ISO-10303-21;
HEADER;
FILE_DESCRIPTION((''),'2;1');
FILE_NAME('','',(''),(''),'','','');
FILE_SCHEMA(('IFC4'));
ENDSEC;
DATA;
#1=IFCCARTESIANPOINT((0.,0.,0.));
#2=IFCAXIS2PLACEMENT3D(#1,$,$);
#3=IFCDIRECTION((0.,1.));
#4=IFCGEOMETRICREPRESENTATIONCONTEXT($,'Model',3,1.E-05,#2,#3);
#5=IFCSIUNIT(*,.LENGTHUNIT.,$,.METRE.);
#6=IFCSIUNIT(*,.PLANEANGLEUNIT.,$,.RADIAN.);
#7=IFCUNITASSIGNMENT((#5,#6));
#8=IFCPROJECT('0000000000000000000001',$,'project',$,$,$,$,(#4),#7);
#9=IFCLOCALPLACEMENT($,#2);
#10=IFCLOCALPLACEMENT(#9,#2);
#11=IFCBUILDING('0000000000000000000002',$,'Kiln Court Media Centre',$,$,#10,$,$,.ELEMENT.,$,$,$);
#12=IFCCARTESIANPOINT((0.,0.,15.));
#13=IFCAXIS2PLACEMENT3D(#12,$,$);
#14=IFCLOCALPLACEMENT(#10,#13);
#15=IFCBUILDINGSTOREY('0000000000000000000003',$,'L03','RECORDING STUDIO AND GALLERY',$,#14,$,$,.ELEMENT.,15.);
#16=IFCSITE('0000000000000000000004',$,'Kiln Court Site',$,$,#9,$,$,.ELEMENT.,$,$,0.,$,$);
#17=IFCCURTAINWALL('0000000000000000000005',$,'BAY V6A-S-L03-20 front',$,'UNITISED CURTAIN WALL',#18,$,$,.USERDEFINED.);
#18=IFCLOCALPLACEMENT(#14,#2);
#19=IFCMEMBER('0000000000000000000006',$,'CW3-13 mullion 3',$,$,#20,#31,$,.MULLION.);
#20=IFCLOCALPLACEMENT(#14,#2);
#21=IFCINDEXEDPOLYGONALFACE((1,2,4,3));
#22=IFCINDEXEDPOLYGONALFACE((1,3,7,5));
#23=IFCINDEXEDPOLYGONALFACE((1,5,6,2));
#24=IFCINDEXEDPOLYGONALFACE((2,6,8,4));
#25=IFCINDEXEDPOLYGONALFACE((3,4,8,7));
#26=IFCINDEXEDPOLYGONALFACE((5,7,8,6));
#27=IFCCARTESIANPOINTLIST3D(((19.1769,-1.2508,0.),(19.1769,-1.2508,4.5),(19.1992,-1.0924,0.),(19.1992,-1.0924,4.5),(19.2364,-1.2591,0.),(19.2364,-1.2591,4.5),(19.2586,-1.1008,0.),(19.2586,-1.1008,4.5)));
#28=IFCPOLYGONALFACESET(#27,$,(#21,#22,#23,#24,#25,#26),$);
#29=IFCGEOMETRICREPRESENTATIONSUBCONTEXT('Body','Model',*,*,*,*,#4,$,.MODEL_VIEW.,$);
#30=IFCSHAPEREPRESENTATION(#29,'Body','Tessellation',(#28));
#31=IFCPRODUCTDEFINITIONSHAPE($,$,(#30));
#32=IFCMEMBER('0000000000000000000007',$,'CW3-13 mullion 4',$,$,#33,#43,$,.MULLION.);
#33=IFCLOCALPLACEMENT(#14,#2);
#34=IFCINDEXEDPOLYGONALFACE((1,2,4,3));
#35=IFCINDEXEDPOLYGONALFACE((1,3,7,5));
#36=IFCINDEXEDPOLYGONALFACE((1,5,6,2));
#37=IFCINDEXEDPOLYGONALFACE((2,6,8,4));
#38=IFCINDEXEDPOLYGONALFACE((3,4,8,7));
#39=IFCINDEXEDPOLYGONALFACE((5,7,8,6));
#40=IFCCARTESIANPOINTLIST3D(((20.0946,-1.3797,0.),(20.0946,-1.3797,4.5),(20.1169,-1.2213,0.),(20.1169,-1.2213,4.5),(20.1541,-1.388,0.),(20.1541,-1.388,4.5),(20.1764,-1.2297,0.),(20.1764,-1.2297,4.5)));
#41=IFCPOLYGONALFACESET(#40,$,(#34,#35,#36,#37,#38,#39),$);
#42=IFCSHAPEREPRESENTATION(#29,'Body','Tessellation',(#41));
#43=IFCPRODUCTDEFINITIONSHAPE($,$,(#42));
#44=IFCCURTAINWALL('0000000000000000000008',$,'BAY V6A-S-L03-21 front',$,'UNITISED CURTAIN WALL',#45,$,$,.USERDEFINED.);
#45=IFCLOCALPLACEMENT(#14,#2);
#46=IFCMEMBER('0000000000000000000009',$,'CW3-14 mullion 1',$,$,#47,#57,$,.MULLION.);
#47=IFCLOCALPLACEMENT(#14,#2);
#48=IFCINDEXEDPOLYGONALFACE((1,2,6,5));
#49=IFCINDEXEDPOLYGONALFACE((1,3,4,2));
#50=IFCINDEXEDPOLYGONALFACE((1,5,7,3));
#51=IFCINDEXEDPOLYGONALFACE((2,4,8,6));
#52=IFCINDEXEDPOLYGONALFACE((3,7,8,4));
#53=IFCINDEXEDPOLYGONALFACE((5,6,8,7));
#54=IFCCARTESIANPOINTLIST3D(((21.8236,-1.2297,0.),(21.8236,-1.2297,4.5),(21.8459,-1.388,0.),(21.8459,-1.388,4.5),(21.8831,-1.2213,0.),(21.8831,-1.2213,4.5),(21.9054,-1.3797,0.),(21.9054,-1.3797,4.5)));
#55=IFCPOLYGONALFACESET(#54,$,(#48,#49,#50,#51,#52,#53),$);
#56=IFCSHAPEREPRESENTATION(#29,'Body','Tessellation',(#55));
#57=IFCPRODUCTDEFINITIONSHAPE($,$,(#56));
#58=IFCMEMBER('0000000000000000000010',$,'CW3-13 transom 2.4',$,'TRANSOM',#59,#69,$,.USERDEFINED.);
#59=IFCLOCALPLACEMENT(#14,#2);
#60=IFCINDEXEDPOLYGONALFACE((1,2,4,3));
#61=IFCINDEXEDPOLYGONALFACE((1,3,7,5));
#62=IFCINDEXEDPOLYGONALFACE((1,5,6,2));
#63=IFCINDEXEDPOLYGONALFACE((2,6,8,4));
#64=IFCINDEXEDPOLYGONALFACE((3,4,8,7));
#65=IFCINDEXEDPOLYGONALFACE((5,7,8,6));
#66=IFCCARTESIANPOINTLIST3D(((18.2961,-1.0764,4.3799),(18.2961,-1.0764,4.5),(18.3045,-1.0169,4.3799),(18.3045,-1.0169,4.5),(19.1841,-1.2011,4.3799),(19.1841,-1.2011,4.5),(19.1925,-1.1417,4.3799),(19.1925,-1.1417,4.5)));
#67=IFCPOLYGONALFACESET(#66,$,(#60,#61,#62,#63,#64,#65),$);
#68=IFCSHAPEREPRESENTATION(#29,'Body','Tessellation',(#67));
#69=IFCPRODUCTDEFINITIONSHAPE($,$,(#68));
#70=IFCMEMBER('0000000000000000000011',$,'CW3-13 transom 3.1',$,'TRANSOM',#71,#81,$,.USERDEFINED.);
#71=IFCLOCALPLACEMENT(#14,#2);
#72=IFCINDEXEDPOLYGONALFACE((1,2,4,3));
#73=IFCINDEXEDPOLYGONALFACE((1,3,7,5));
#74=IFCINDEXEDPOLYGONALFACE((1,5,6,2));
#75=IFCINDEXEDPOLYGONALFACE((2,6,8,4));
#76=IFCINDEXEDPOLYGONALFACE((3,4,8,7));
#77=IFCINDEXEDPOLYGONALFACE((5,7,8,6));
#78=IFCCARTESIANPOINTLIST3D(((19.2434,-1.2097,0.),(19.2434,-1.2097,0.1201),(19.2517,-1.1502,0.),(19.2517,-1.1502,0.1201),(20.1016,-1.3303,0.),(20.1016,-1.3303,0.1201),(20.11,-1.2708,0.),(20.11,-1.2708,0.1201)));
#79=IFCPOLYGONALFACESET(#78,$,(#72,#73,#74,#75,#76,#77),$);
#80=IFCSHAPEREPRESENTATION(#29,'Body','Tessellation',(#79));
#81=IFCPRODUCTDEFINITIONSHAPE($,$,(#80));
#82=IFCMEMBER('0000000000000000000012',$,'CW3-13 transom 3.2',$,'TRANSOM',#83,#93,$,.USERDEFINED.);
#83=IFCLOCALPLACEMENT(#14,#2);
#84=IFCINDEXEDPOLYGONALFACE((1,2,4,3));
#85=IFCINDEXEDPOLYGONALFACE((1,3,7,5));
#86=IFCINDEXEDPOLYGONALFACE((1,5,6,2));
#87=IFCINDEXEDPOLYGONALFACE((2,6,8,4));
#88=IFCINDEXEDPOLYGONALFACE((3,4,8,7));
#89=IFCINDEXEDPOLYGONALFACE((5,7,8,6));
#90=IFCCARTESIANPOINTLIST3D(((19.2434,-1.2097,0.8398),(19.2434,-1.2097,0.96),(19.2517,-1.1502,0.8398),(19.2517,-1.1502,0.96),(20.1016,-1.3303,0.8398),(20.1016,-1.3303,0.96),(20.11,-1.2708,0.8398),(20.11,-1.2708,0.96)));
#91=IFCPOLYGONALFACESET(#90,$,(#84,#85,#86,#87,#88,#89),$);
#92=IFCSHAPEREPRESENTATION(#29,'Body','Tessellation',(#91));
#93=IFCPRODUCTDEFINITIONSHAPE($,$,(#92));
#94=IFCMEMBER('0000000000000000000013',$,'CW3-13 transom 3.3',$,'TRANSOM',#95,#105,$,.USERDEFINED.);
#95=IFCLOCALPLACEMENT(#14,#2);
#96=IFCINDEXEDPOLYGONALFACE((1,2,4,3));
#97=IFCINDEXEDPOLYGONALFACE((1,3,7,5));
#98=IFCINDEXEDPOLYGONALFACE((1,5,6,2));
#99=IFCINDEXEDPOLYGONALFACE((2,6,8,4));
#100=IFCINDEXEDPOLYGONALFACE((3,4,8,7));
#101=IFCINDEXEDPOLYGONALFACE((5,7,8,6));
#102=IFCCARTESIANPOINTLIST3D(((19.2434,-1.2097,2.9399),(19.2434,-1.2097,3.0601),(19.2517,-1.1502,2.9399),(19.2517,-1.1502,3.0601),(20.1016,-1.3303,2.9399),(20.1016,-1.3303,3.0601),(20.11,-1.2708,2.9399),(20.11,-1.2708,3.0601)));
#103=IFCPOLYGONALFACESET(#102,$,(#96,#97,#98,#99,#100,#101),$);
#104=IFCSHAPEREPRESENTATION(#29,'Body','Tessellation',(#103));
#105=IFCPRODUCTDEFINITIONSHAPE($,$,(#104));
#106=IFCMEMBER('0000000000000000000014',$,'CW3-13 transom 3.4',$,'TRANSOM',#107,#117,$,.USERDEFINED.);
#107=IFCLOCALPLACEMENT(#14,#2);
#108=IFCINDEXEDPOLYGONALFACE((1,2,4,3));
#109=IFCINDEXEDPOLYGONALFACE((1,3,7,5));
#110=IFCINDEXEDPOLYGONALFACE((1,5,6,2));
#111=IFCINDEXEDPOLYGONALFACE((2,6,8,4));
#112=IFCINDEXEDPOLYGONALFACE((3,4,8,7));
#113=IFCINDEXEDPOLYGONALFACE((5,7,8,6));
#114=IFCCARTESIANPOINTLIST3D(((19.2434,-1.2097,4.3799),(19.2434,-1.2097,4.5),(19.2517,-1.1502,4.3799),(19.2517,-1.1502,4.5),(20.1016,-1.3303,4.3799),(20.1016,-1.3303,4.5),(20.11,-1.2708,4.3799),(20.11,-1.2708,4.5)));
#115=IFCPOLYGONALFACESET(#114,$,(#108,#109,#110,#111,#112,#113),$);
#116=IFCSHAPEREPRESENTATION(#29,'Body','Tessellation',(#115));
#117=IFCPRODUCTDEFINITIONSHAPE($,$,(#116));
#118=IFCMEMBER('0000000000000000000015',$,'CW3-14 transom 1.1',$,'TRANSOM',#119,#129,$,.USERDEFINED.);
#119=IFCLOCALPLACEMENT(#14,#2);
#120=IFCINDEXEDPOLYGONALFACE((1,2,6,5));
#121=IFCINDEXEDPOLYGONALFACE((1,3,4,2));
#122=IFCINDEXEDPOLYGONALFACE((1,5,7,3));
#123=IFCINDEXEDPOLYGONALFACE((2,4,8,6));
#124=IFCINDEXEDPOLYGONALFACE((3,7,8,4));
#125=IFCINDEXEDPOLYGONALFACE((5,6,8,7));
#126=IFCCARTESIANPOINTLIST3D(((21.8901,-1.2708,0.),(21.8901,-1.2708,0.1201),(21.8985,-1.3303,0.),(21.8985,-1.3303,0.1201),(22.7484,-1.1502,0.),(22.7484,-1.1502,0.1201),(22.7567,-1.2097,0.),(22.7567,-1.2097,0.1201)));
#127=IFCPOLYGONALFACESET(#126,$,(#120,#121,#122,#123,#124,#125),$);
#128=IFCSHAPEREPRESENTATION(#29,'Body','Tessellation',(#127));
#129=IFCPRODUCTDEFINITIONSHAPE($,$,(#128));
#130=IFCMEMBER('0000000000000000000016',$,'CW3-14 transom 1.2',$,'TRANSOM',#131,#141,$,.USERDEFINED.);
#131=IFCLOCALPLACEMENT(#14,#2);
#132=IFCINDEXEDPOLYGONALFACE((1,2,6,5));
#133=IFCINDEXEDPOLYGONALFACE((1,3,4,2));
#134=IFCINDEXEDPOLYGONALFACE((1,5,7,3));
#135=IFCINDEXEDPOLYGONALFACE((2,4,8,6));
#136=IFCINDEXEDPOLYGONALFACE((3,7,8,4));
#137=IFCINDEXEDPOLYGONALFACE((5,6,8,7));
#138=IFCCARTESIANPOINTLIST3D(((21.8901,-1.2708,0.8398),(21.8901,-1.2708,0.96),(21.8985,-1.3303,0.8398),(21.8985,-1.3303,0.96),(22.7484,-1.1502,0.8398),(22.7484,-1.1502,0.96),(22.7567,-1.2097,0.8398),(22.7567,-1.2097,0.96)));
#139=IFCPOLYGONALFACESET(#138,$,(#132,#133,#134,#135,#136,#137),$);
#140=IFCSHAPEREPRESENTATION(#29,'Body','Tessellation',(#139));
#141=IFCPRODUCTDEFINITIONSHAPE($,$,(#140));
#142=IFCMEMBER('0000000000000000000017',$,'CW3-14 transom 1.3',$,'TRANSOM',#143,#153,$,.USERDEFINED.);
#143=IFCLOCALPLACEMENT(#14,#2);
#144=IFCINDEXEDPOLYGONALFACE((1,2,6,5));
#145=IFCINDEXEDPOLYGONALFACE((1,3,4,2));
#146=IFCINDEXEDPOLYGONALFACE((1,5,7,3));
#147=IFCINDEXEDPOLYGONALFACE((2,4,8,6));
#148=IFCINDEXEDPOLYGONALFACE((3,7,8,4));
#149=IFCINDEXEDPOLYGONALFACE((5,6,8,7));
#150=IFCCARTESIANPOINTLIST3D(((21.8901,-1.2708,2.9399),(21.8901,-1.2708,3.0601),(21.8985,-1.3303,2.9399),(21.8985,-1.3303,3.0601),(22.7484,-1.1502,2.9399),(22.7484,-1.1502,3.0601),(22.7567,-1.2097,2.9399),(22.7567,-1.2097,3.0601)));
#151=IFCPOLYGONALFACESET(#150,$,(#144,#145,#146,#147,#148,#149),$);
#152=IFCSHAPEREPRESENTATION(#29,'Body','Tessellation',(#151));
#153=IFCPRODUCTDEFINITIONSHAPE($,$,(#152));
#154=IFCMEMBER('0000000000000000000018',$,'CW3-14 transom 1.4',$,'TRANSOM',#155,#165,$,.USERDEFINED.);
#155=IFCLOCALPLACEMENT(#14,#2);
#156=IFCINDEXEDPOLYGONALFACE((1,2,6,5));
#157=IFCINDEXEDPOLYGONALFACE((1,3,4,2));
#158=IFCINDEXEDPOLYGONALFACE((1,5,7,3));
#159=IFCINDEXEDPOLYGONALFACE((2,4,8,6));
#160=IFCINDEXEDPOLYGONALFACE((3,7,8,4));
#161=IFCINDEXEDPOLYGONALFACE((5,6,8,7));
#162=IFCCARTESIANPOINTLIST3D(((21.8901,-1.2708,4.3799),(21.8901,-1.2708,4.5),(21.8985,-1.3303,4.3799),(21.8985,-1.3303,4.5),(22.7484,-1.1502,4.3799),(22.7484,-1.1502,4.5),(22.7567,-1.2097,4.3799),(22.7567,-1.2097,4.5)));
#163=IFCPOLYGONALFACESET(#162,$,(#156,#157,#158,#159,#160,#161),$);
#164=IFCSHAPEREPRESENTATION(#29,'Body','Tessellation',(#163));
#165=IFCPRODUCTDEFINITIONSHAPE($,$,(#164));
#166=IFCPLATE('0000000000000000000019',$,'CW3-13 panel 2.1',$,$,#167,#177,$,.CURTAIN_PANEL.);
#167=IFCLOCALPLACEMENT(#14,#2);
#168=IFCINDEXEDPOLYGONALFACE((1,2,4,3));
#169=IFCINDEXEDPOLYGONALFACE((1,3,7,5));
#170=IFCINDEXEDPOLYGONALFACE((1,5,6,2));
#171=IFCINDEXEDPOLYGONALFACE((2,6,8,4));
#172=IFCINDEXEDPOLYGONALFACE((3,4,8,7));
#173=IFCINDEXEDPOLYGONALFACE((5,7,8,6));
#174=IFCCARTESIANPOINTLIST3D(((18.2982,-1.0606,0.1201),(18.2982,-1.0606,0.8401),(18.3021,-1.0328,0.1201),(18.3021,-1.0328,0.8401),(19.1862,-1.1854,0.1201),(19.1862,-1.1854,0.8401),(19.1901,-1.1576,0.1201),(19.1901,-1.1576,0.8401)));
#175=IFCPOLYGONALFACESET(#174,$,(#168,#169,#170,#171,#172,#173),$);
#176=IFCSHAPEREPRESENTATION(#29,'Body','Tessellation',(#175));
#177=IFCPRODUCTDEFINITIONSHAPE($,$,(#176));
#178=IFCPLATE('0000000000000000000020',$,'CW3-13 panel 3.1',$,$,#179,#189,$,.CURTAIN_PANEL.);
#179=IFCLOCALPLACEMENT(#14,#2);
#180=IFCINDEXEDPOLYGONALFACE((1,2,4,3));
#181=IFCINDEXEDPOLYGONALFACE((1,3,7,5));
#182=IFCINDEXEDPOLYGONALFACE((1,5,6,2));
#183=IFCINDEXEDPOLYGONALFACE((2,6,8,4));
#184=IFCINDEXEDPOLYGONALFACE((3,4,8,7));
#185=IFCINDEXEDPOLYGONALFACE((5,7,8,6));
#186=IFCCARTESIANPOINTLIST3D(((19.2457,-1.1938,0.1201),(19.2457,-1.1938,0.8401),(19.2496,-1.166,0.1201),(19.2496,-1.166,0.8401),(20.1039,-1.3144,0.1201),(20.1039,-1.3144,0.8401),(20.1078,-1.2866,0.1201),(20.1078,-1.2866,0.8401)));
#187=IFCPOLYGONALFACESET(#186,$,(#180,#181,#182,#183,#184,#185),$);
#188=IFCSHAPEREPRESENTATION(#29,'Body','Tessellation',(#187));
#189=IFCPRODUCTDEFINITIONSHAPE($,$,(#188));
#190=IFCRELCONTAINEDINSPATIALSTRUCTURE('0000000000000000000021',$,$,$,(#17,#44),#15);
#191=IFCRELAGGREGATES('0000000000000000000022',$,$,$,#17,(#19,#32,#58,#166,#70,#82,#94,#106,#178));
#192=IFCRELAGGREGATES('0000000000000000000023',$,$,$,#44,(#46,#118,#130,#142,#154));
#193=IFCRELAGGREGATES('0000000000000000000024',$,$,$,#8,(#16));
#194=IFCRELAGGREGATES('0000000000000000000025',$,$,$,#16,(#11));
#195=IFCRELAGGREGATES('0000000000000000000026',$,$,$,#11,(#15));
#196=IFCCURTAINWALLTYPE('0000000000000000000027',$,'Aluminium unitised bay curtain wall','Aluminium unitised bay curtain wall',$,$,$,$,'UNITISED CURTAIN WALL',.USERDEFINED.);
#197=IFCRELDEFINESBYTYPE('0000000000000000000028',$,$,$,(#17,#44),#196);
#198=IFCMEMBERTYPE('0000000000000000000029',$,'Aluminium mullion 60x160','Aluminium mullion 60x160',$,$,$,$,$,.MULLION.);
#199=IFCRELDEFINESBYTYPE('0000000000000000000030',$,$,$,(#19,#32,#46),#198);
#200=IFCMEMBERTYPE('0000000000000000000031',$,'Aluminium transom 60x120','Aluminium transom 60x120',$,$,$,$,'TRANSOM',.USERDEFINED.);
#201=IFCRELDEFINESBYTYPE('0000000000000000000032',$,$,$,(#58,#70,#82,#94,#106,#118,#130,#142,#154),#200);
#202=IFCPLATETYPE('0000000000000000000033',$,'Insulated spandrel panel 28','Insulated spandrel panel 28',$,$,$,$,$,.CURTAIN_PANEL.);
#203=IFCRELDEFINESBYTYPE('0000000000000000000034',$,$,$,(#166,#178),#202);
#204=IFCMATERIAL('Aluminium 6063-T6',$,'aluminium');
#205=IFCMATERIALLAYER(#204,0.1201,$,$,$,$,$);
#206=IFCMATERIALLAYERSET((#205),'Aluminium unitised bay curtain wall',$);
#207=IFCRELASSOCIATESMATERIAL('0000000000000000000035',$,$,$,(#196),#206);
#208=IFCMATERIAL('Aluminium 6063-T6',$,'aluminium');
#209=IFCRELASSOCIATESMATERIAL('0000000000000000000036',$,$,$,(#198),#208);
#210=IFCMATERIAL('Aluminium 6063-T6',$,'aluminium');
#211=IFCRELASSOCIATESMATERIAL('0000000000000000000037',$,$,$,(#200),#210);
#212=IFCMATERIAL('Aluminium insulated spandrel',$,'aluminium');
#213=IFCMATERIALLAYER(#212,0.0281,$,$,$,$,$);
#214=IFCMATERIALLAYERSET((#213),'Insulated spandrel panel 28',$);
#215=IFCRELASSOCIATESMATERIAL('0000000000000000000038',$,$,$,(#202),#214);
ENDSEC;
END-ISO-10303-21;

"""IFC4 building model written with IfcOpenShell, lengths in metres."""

from ifc_helpers import new_model, si_unit, direction, frame, origin, origin_2d, place, context, subcontext, project, spatial, rectangle, extrude, material, layer, layer_set, material_profile, profile_set, type_object, element, aggregate, save


model = new_model("IFC4")

# Units and contexts
model_context = context("Model", 3, precision=1e-05, world=origin(), true_north=direction((0.0, 1.0)))
body_context = subcontext(model_context, "Body", "Model", "MODEL_VIEW")
ifc_project = project(units=[si_unit("LENGTHUNIT", "METRE"), si_unit("PLANEANGLEUNIT", "RADIAN")], contexts=[model_context])

# Site, building, storey
site_placement = place(None, origin())
site = spatial("IfcSite", under=ifc_project, at=site_placement, Name="Kiln Court Site", CompositionType="ELEMENT", RefElevation=0.0)
building_placement = place(site_placement, origin())
building = spatial("IfcBuilding", under=site, at=building_placement, Name="Kiln Court Media Centre", CompositionType="ELEMENT")
storey_placement = place(building_placement, frame((0.0, 0.0, 15.0)))
storey = spatial("IfcBuildingStorey", under=building, at=storey_placement, Name="L03", Description="RECORDING STUDIO AND GALLERY", CompositionType="ELEMENT", Elevation=15.0)

# Curtain wall, members
ifc_material_1 = material(Name="Aluminium 6063-T6", Category="aluminium")
ifc_layer_1 = layer(ifc_material_1, 0.1201)
ifc_layer_set_1 = layer_set([ifc_layer_1], Name="Aluminium unitised bay curtain wall")
curtain_wall_type = type_object("IfcCurtainWallType", Name="Aluminium unitised bay curtain wall", Description="Aluminium unitised bay curtain wall", ElementType="UNITISED CURTAIN WALL", PredefinedType="USERDEFINED", material=ifc_layer_set_1)
curtain_wall_1_placement = place(storey_placement, origin())
curtain_wall_1 = element("IfcCurtainWall", 1, at=curtain_wall_1_placement, inside=storey, type_object=curtain_wall_type, Name="BAY V6A-S-L03-20 front", ObjectType="UNITISED CURTAIN WALL", PredefinedType="USERDEFINED")
ifc_material_2 = material(Name="Aluminium 6063-T6", Category="aluminium")
ifc_material_profile_1 = material_profile(ifc_material_2, rectangle(XDim=0.0601, YDim=0.1599, at=origin_2d()), Name="Aluminium mullion 60x160")
ifc_profile_set_1 = profile_set([ifc_material_profile_1], Name="Aluminium 6063-T6")
member_type_1 = type_object("IfcMemberType", Name="Aluminium mullion 60x160", Description="Aluminium mullion 60x160", PredefinedType="MULLION", material=ifc_profile_set_1)
member_1_placement = place(storey_placement, frame((19.2178, -1.1758, 0.0), z_axis=(0.0, 0.0, 1.0), x_axis=(0.99027, -0.139162, 0.0)))
member_1 = element("IfcMember", 2, at=member_1_placement, type_object=member_type_1, Name="CW3-13 mullion 3", PredefinedType="MULLION", context=body_context, shape_type="SweptSolid", body=[
    extrude(rectangle(XDim=0.0601, YDim=0.1599, at=origin_2d()), origin(), (0.0, 0.0, 1.0), 4.5),
])
member_2_placement = place(storey_placement, frame((20.1355, -1.3047, 0.0), z_axis=(0.0, 0.0, 1.0), x_axis=(0.99027, -0.139162, 0.0)))
member_2 = element("IfcMember", 3, at=member_2_placement, type_object=member_type_1, Name="CW3-13 mullion 4", PredefinedType="MULLION", context=body_context, shape_type="SweptSolid", body=[
    extrude(rectangle(XDim=0.0601, YDim=0.1599, at=origin_2d()), origin(), (0.0, 0.0, 1.0), 4.5),
])

# Curtain wall, member
curtain_wall_2_placement = place(storey_placement, origin())
curtain_wall_2 = element("IfcCurtainWall", 4, at=curtain_wall_2_placement, inside=storey, type_object=curtain_wall_type, Name="BAY V6A-S-L03-21 front", ObjectType="UNITISED CURTAIN WALL", PredefinedType="USERDEFINED")
member_3_placement = place(storey_placement, frame((21.8645, -1.3047, 0.0), z_axis=(0.0, 0.0, 1.0), x_axis=(0.99027, 0.139162, 0.0)))
member_3 = element("IfcMember", 5, at=member_3_placement, type_object=member_type_1, Name="CW3-14 mullion 1", PredefinedType="MULLION", context=body_context, shape_type="SweptSolid", body=[
    extrude(rectangle(XDim=0.0601, YDim=0.1599, at=origin_2d()), origin(), (0.0, 0.0, 1.0), 4.5),
])

# Members
ifc_material_3 = material(Name="Aluminium 6063-T6", Category="aluminium")
ifc_material_profile_2 = material_profile(ifc_material_3, rectangle(XDim=0.0601, YDim=0.1201, at=origin_2d()), Name="Aluminium transom 60x120")
ifc_profile_set_2 = profile_set([ifc_material_profile_2], Name="Aluminium 6063-T6")
member_type_2 = type_object("IfcMemberType", Name="Aluminium transom 60x120", Description="Aluminium transom 60x120", ElementType="TRANSOM", PredefinedType="USERDEFINED", material=ifc_profile_set_2)
member_4_placement = place(storey_placement, frame((18.3003, -1.0466, 4.4399), z_axis=(0.990274, -0.139134, 0.0), x_axis=(0.139134, 0.990274, 0.0)))
member_4 = element("IfcMember", 6, at=member_4_placement, type_object=member_type_2, Name="CW3-13 transom 2.4", ObjectType="TRANSOM", PredefinedType="USERDEFINED", context=body_context, shape_type="SweptSolid", body=[
    extrude(rectangle(XDim=0.0601, YDim=0.1201, at=origin_2d()), origin(), (0.0, 0.0, 1.0), 0.8967),
])
member_5_placement = place(storey_placement, frame((19.2476, -1.1799, 0.0601), z_axis=(0.990268, -0.139173, 0.0), x_axis=(0.139173, 0.990268, 0.0)))
member_5 = element("IfcMember", 7, at=member_5_placement, type_object=member_type_2, Name="CW3-13 transom 3.1", ObjectType="TRANSOM", PredefinedType="USERDEFINED", context=body_context, shape_type="SweptSolid", body=[
    extrude(rectangle(XDim=0.0601, YDim=0.1201, at=origin_2d()), origin(), (0.0, 0.0, 1.0), 0.8667),
])
member_6_placement = place(storey_placement, frame((19.2476, -1.1799, 0.8999), z_axis=(0.990268, -0.139173, 0.0), x_axis=(0.139173, 0.990268, 0.0)))
member_6 = element("IfcMember", 8, at=member_6_placement, type_object=member_type_2, Name="CW3-13 transom 3.2", ObjectType="TRANSOM", PredefinedType="USERDEFINED", context=body_context, shape_type="SweptSolid", body=[
    extrude(rectangle(XDim=0.0601, YDim=0.1201, at=origin_2d()), origin(), (0.0, 0.0, 1.0), 0.8667),
])
member_7_placement = place(storey_placement, frame((19.2476, -1.1799, 3.0), z_axis=(0.990268, -0.139173, 0.0), x_axis=(0.139173, 0.990268, 0.0)))
member_7 = element("IfcMember", 9, at=member_7_placement, type_object=member_type_2, Name="CW3-13 transom 3.3", ObjectType="TRANSOM", PredefinedType="USERDEFINED", context=body_context, shape_type="SweptSolid", body=[
    extrude(rectangle(XDim=0.0601, YDim=0.1201, at=origin_2d()), origin(), (0.0, 0.0, 1.0), 0.8667),
])
member_8_placement = place(storey_placement, frame((19.2476, -1.1799, 4.4399), z_axis=(0.990268, -0.139173, 0.0), x_axis=(0.139173, 0.990268, 0.0)))
member_8 = element("IfcMember", 10, at=member_8_placement, type_object=member_type_2, Name="CW3-13 transom 3.4", ObjectType="TRANSOM", PredefinedType="USERDEFINED", context=body_context, shape_type="SweptSolid", body=[
    extrude(rectangle(XDim=0.0601, YDim=0.1201, at=origin_2d()), origin(), (0.0, 0.0, 1.0), 0.8667),
])
member_9_placement = place(storey_placement, frame((21.8943, -1.3005, 0.0601), z_axis=(0.990268, 0.139173, 0.0), x_axis=(-0.139173, 0.990268, 0.0)))
member_9 = element("IfcMember", 11, at=member_9_placement, type_object=member_type_2, Name="CW3-14 transom 1.1", ObjectType="TRANSOM", PredefinedType="USERDEFINED", context=body_context, shape_type="SweptSolid", body=[
    extrude(rectangle(XDim=0.0601, YDim=0.1201, at=origin_2d()), origin(), (0.0, 0.0, 1.0), 0.8667),
])
member_10_placement = place(storey_placement, frame((21.8943, -1.3005, 0.8999), z_axis=(0.990268, 0.139173, 0.0), x_axis=(-0.139173, 0.990268, 0.0)))
member_10 = element("IfcMember", 12, at=member_10_placement, type_object=member_type_2, Name="CW3-14 transom 1.2", ObjectType="TRANSOM", PredefinedType="USERDEFINED", context=body_context, shape_type="SweptSolid", body=[
    extrude(rectangle(XDim=0.0601, YDim=0.1201, at=origin_2d()), origin(), (0.0, 0.0, 1.0), 0.8667),
])
member_11_placement = place(storey_placement, frame((21.8943, -1.3005, 3.0), z_axis=(0.990268, 0.139173, 0.0), x_axis=(-0.139173, 0.990268, 0.0)))
member_11 = element("IfcMember", 13, at=member_11_placement, type_object=member_type_2, Name="CW3-14 transom 1.3", ObjectType="TRANSOM", PredefinedType="USERDEFINED", context=body_context, shape_type="SweptSolid", body=[
    extrude(rectangle(XDim=0.0601, YDim=0.1201, at=origin_2d()), origin(), (0.0, 0.0, 1.0), 0.8667),
])
member_12_placement = place(storey_placement, frame((21.8943, -1.3005, 4.4399), z_axis=(0.990268, 0.139173, 0.0), x_axis=(-0.139173, 0.990268, 0.0)))
member_12 = element("IfcMember", 14, at=member_12_placement, type_object=member_type_2, Name="CW3-14 transom 1.4", ObjectType="TRANSOM", PredefinedType="USERDEFINED", context=body_context, shape_type="SweptSolid", body=[
    extrude(rectangle(XDim=0.0601, YDim=0.1201, at=origin_2d()), origin(), (0.0, 0.0, 1.0), 0.8667),
])

# Plates
ifc_material_4 = material(Name="Aluminium insulated spandrel", Category="aluminium")
ifc_layer_2 = layer(ifc_material_4, 0.0281)
ifc_layer_set_2 = layer_set([ifc_layer_2], Name="Insulated spandrel panel 28")
plate_type_1 = type_object("IfcPlateType", Name="Insulated spandrel panel 28", Description="Insulated spandrel panel 28", PredefinedType="CURTAIN_PANEL", material=ifc_layer_set_2)
plate_1_placement = place(storey_placement, frame((18.7441, -1.1091, 0.1201), z_axis=(0.0, 0.0, 1.0), x_axis=(0.99027, -0.139162, 0.0)))
plate_1 = element("IfcPlate", 15, at=plate_1_placement, type_object=plate_type_1, Name="CW3-13 panel 2.1", PredefinedType="CURTAIN_PANEL", context=body_context, shape_type="SweptSolid", body=[
    extrude(rectangle(XDim=0.8967, YDim=0.0281, at=origin_2d()), origin(), (0.0, 0.0, 1.0), 0.72),
])
plate_2_placement = place(storey_placement, frame((19.6768, -1.2402, 0.1201), z_axis=(0.0, 0.0, 1.0), x_axis=(0.99027, -0.139162, 0.0)))
plate_2 = element("IfcPlate", 16, at=plate_2_placement, type_object=plate_type_1, Name="CW3-13 panel 3.1", PredefinedType="CURTAIN_PANEL", context=body_context, shape_type="SweptSolid", body=[
    extrude(rectangle(XDim=0.8667, YDim=0.0281, at=origin_2d()), origin(), (0.0, 0.0, 1.0), 0.72),
])
aggregate(curtain_wall_1, [member_1, member_2, member_4, plate_1, member_5, member_6, member_7, member_8, plate_2])
aggregate(curtain_wall_2, [member_3, member_9, member_10, member_11, member_12])

save(model, "model.ifc")
